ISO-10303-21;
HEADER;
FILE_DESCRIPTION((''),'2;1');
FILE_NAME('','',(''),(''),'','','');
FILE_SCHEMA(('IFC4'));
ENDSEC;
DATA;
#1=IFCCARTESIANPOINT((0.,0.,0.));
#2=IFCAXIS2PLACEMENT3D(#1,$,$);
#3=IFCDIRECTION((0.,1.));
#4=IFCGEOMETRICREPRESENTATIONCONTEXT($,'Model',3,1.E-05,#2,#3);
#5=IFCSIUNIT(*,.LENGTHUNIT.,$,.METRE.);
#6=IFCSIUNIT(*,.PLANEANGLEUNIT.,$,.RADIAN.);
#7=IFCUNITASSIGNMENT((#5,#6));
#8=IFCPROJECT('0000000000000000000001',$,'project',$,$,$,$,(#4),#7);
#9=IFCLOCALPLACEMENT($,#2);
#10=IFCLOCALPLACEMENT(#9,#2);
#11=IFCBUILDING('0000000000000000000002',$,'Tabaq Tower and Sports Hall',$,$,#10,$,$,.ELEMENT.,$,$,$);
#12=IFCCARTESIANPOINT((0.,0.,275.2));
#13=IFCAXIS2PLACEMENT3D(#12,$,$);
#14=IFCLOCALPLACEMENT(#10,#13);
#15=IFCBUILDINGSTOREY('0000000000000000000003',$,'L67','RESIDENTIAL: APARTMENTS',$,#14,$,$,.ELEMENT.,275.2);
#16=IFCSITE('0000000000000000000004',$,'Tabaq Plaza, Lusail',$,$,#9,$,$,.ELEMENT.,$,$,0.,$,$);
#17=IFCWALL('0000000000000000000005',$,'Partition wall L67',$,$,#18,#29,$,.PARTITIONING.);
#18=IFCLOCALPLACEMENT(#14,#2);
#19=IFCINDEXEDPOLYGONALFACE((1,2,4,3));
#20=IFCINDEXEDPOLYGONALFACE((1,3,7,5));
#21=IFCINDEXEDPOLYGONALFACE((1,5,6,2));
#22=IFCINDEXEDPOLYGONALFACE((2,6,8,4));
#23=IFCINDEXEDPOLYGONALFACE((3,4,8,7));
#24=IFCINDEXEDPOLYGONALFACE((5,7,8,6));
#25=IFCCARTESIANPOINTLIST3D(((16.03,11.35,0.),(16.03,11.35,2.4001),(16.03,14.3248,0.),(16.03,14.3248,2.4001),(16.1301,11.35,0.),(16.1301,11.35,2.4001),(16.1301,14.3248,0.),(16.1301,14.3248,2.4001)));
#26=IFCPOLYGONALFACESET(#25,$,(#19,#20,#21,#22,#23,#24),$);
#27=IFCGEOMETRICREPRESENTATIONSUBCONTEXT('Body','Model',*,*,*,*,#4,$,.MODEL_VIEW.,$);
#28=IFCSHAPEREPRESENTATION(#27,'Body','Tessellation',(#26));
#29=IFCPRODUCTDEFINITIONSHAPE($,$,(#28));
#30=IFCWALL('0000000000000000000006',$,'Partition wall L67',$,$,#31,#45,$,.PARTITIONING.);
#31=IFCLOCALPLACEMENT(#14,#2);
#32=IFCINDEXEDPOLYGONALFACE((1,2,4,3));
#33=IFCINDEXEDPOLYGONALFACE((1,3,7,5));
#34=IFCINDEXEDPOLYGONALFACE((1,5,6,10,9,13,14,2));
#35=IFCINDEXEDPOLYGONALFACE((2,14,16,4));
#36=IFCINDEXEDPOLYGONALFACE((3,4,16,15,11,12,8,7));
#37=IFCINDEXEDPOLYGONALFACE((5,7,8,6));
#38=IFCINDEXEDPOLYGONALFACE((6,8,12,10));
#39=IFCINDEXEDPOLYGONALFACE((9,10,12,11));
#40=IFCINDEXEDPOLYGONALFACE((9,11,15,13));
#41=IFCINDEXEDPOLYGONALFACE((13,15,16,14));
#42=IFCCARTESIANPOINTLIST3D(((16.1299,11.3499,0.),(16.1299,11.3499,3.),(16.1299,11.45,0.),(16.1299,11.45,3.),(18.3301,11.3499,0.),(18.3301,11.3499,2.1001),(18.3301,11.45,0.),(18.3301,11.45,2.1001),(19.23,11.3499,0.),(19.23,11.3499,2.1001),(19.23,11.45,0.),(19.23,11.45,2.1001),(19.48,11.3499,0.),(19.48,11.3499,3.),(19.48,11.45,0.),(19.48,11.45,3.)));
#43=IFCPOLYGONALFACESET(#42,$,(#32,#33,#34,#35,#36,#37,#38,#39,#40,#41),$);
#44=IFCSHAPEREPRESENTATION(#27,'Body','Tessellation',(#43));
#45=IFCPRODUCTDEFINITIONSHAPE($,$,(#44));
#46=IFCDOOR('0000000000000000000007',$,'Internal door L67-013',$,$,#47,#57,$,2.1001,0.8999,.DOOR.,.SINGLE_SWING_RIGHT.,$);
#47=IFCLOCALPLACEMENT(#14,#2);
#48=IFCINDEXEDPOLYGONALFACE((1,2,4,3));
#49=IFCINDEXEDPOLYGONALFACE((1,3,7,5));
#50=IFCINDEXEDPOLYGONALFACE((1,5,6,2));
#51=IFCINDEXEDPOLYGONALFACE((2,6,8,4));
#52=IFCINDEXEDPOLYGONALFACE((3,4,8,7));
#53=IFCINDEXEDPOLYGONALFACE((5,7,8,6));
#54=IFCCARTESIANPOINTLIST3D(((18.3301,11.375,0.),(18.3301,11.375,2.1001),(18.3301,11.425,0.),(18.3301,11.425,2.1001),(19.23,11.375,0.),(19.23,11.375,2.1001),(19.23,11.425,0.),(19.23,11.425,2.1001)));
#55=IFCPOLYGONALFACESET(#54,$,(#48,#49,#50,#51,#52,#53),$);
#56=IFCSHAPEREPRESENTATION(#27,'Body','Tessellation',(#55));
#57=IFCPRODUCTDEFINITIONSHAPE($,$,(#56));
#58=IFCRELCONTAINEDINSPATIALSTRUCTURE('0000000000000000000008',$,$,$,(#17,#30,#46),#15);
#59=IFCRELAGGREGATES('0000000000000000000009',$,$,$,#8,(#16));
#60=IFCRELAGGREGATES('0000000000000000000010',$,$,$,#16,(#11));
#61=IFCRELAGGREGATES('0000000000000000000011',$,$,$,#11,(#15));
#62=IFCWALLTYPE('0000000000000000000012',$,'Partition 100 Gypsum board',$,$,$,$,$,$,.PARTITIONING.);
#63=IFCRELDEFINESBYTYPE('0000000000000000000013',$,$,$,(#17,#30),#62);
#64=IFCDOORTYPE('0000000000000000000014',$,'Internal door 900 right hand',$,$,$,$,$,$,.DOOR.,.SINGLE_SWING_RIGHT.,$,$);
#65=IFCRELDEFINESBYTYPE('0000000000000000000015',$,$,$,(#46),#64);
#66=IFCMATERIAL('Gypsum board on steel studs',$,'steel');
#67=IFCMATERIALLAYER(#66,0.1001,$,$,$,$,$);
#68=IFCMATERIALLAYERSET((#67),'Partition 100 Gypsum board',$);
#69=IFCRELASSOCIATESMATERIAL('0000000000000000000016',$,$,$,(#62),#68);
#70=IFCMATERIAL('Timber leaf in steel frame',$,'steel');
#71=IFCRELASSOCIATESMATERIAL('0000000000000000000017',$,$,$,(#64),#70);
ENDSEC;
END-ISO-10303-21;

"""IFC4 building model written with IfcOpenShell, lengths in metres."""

from ifc_helpers import new_model, si_unit, direction, frame, frame_2d, origin, place, context, subcontext, project, spatial, rectangle, extrude, material, layer, layer_set, type_object, element, fill, save


model = new_model("IFC4")

# Units and contexts
model_context = context("Model", 3, precision=1e-05, world=origin(), true_north=direction((0.0, 1.0)))
body_context = subcontext(model_context, "Body", "Model", "MODEL_VIEW")
ifc_project = project(units=[si_unit("LENGTHUNIT", "METRE"), si_unit("PLANEANGLEUNIT", "RADIAN")], contexts=[model_context])

# Site, building, storey
site_placement = place(None, origin())
site = spatial("IfcSite", under=ifc_project, at=site_placement, Name="Tabaq Plaza, Lusail", CompositionType="ELEMENT", RefElevation=0.0)
building_placement = place(site_placement, origin())
building = spatial("IfcBuilding", under=site, at=building_placement, Name="Tabaq Tower and Sports Hall", CompositionType="ELEMENT")
storey_placement = place(building_placement, frame((0.0, 0.0, 275.2)))
storey = spatial("IfcBuildingStorey", under=building, at=storey_placement, Name="L67", Description="RESIDENTIAL: APARTMENTS", CompositionType="ELEMENT", Elevation=275.2)

# Shared definitions
ifc_material_1 = material(Name="Gypsum board on steel studs", Category="steel")
ifc_layer = layer(ifc_material_1, 0.1001)
ifc_layer_set = layer_set([ifc_layer], Name="Partition 100 Gypsum board")
wall_type = type_object("IfcWallType", Name="Partition 100 Gypsum board", PredefinedType="PARTITIONING", material=ifc_layer_set)
ifc_material_2 = material(Name="Timber leaf in steel frame", Category="steel")
door_type_1 = type_object("IfcDoorType", Name="Internal door 900 right hand", OperationType="SINGLE_SWING_RIGHT", PredefinedType="DOOR", material=ifc_material_2)

# Wall
wall_1_placement = place(storey_placement, frame((16.0801, 11.3501, 0.0), z_axis=(0.0, 0.0, 1.0), x_axis=(0.0, 1.0, 0.0)))
element("IfcWall", 1, at=wall_1_placement, inside=storey, type_object=wall_type, Name="Partition wall L67", PredefinedType="PARTITIONING", context=body_context, shape_type="SweptSolid", body=[
    extrude(rectangle(XDim=2.9749, YDim=0.1001, at=frame_2d((1.4873, 0.0))), origin(), (0.0, 0.0, 1.0), 2.4001),
])

# Wall, opening, door
wall_2_placement = place(storey_placement, frame((19.48, 11.3999, 0.0), z_axis=(0.0, 0.0, 1.0), x_axis=(-1.0, 0.0, 0.0)))
wall_2 = element("IfcWall", 2, at=wall_2_placement, inside=storey, type_object=wall_type, Name="Partition wall L67", PredefinedType="PARTITIONING", context=body_context, shape_type="SweptSolid", body=[
    extrude(rectangle(XDim=3.3501, YDim=0.1001, at=frame_2d((1.675, 0.0))), origin(), (0.0, 0.0, 1.0), 3.0),
])
opening_1_placement = place(wall_2_placement, frame((0.25, 0.0, 0.0)))
opening_1 = element("IfcOpeningElement", 3, at=opening_1_placement, cuts=wall_2, PredefinedType="OPENING", context=body_context, shape_type="SweptSolid", body=[
    extrude(rectangle(XDim=0.8999, YDim=2.1001, at=frame_2d((0.45, 1.05))), frame((0.0, 0.05, 0.0), z_axis=(0.0, -1.0, 0.0), x_axis=(1.0, 0.0, 0.0)), (0.0, 0.0, 1.0), 0.1001),
])
door_1_placement = place(opening_1_placement, origin())
door_1 = element("IfcDoor", 4, at=door_1_placement, inside=storey, type_object=door_type_1, Name="Internal door L67-013", OperationType="SINGLE_SWING_RIGHT", OverallHeight=2.1001, OverallWidth=0.8999, PredefinedType="DOOR", context=body_context, shape_type="SweptSolid", body=[
    extrude(rectangle(XDim=0.8999, YDim=2.1001, at=frame_2d((0.45, 1.05))), frame((0.0, 0.0249, 0.0), z_axis=(0.0, -1.0, 0.0), x_axis=(1.0, 0.0, 0.0)), (0.0, 0.0, 1.0), 0.05),
])
fill(opening_1, door_1)

save(model, "model.ifc")
